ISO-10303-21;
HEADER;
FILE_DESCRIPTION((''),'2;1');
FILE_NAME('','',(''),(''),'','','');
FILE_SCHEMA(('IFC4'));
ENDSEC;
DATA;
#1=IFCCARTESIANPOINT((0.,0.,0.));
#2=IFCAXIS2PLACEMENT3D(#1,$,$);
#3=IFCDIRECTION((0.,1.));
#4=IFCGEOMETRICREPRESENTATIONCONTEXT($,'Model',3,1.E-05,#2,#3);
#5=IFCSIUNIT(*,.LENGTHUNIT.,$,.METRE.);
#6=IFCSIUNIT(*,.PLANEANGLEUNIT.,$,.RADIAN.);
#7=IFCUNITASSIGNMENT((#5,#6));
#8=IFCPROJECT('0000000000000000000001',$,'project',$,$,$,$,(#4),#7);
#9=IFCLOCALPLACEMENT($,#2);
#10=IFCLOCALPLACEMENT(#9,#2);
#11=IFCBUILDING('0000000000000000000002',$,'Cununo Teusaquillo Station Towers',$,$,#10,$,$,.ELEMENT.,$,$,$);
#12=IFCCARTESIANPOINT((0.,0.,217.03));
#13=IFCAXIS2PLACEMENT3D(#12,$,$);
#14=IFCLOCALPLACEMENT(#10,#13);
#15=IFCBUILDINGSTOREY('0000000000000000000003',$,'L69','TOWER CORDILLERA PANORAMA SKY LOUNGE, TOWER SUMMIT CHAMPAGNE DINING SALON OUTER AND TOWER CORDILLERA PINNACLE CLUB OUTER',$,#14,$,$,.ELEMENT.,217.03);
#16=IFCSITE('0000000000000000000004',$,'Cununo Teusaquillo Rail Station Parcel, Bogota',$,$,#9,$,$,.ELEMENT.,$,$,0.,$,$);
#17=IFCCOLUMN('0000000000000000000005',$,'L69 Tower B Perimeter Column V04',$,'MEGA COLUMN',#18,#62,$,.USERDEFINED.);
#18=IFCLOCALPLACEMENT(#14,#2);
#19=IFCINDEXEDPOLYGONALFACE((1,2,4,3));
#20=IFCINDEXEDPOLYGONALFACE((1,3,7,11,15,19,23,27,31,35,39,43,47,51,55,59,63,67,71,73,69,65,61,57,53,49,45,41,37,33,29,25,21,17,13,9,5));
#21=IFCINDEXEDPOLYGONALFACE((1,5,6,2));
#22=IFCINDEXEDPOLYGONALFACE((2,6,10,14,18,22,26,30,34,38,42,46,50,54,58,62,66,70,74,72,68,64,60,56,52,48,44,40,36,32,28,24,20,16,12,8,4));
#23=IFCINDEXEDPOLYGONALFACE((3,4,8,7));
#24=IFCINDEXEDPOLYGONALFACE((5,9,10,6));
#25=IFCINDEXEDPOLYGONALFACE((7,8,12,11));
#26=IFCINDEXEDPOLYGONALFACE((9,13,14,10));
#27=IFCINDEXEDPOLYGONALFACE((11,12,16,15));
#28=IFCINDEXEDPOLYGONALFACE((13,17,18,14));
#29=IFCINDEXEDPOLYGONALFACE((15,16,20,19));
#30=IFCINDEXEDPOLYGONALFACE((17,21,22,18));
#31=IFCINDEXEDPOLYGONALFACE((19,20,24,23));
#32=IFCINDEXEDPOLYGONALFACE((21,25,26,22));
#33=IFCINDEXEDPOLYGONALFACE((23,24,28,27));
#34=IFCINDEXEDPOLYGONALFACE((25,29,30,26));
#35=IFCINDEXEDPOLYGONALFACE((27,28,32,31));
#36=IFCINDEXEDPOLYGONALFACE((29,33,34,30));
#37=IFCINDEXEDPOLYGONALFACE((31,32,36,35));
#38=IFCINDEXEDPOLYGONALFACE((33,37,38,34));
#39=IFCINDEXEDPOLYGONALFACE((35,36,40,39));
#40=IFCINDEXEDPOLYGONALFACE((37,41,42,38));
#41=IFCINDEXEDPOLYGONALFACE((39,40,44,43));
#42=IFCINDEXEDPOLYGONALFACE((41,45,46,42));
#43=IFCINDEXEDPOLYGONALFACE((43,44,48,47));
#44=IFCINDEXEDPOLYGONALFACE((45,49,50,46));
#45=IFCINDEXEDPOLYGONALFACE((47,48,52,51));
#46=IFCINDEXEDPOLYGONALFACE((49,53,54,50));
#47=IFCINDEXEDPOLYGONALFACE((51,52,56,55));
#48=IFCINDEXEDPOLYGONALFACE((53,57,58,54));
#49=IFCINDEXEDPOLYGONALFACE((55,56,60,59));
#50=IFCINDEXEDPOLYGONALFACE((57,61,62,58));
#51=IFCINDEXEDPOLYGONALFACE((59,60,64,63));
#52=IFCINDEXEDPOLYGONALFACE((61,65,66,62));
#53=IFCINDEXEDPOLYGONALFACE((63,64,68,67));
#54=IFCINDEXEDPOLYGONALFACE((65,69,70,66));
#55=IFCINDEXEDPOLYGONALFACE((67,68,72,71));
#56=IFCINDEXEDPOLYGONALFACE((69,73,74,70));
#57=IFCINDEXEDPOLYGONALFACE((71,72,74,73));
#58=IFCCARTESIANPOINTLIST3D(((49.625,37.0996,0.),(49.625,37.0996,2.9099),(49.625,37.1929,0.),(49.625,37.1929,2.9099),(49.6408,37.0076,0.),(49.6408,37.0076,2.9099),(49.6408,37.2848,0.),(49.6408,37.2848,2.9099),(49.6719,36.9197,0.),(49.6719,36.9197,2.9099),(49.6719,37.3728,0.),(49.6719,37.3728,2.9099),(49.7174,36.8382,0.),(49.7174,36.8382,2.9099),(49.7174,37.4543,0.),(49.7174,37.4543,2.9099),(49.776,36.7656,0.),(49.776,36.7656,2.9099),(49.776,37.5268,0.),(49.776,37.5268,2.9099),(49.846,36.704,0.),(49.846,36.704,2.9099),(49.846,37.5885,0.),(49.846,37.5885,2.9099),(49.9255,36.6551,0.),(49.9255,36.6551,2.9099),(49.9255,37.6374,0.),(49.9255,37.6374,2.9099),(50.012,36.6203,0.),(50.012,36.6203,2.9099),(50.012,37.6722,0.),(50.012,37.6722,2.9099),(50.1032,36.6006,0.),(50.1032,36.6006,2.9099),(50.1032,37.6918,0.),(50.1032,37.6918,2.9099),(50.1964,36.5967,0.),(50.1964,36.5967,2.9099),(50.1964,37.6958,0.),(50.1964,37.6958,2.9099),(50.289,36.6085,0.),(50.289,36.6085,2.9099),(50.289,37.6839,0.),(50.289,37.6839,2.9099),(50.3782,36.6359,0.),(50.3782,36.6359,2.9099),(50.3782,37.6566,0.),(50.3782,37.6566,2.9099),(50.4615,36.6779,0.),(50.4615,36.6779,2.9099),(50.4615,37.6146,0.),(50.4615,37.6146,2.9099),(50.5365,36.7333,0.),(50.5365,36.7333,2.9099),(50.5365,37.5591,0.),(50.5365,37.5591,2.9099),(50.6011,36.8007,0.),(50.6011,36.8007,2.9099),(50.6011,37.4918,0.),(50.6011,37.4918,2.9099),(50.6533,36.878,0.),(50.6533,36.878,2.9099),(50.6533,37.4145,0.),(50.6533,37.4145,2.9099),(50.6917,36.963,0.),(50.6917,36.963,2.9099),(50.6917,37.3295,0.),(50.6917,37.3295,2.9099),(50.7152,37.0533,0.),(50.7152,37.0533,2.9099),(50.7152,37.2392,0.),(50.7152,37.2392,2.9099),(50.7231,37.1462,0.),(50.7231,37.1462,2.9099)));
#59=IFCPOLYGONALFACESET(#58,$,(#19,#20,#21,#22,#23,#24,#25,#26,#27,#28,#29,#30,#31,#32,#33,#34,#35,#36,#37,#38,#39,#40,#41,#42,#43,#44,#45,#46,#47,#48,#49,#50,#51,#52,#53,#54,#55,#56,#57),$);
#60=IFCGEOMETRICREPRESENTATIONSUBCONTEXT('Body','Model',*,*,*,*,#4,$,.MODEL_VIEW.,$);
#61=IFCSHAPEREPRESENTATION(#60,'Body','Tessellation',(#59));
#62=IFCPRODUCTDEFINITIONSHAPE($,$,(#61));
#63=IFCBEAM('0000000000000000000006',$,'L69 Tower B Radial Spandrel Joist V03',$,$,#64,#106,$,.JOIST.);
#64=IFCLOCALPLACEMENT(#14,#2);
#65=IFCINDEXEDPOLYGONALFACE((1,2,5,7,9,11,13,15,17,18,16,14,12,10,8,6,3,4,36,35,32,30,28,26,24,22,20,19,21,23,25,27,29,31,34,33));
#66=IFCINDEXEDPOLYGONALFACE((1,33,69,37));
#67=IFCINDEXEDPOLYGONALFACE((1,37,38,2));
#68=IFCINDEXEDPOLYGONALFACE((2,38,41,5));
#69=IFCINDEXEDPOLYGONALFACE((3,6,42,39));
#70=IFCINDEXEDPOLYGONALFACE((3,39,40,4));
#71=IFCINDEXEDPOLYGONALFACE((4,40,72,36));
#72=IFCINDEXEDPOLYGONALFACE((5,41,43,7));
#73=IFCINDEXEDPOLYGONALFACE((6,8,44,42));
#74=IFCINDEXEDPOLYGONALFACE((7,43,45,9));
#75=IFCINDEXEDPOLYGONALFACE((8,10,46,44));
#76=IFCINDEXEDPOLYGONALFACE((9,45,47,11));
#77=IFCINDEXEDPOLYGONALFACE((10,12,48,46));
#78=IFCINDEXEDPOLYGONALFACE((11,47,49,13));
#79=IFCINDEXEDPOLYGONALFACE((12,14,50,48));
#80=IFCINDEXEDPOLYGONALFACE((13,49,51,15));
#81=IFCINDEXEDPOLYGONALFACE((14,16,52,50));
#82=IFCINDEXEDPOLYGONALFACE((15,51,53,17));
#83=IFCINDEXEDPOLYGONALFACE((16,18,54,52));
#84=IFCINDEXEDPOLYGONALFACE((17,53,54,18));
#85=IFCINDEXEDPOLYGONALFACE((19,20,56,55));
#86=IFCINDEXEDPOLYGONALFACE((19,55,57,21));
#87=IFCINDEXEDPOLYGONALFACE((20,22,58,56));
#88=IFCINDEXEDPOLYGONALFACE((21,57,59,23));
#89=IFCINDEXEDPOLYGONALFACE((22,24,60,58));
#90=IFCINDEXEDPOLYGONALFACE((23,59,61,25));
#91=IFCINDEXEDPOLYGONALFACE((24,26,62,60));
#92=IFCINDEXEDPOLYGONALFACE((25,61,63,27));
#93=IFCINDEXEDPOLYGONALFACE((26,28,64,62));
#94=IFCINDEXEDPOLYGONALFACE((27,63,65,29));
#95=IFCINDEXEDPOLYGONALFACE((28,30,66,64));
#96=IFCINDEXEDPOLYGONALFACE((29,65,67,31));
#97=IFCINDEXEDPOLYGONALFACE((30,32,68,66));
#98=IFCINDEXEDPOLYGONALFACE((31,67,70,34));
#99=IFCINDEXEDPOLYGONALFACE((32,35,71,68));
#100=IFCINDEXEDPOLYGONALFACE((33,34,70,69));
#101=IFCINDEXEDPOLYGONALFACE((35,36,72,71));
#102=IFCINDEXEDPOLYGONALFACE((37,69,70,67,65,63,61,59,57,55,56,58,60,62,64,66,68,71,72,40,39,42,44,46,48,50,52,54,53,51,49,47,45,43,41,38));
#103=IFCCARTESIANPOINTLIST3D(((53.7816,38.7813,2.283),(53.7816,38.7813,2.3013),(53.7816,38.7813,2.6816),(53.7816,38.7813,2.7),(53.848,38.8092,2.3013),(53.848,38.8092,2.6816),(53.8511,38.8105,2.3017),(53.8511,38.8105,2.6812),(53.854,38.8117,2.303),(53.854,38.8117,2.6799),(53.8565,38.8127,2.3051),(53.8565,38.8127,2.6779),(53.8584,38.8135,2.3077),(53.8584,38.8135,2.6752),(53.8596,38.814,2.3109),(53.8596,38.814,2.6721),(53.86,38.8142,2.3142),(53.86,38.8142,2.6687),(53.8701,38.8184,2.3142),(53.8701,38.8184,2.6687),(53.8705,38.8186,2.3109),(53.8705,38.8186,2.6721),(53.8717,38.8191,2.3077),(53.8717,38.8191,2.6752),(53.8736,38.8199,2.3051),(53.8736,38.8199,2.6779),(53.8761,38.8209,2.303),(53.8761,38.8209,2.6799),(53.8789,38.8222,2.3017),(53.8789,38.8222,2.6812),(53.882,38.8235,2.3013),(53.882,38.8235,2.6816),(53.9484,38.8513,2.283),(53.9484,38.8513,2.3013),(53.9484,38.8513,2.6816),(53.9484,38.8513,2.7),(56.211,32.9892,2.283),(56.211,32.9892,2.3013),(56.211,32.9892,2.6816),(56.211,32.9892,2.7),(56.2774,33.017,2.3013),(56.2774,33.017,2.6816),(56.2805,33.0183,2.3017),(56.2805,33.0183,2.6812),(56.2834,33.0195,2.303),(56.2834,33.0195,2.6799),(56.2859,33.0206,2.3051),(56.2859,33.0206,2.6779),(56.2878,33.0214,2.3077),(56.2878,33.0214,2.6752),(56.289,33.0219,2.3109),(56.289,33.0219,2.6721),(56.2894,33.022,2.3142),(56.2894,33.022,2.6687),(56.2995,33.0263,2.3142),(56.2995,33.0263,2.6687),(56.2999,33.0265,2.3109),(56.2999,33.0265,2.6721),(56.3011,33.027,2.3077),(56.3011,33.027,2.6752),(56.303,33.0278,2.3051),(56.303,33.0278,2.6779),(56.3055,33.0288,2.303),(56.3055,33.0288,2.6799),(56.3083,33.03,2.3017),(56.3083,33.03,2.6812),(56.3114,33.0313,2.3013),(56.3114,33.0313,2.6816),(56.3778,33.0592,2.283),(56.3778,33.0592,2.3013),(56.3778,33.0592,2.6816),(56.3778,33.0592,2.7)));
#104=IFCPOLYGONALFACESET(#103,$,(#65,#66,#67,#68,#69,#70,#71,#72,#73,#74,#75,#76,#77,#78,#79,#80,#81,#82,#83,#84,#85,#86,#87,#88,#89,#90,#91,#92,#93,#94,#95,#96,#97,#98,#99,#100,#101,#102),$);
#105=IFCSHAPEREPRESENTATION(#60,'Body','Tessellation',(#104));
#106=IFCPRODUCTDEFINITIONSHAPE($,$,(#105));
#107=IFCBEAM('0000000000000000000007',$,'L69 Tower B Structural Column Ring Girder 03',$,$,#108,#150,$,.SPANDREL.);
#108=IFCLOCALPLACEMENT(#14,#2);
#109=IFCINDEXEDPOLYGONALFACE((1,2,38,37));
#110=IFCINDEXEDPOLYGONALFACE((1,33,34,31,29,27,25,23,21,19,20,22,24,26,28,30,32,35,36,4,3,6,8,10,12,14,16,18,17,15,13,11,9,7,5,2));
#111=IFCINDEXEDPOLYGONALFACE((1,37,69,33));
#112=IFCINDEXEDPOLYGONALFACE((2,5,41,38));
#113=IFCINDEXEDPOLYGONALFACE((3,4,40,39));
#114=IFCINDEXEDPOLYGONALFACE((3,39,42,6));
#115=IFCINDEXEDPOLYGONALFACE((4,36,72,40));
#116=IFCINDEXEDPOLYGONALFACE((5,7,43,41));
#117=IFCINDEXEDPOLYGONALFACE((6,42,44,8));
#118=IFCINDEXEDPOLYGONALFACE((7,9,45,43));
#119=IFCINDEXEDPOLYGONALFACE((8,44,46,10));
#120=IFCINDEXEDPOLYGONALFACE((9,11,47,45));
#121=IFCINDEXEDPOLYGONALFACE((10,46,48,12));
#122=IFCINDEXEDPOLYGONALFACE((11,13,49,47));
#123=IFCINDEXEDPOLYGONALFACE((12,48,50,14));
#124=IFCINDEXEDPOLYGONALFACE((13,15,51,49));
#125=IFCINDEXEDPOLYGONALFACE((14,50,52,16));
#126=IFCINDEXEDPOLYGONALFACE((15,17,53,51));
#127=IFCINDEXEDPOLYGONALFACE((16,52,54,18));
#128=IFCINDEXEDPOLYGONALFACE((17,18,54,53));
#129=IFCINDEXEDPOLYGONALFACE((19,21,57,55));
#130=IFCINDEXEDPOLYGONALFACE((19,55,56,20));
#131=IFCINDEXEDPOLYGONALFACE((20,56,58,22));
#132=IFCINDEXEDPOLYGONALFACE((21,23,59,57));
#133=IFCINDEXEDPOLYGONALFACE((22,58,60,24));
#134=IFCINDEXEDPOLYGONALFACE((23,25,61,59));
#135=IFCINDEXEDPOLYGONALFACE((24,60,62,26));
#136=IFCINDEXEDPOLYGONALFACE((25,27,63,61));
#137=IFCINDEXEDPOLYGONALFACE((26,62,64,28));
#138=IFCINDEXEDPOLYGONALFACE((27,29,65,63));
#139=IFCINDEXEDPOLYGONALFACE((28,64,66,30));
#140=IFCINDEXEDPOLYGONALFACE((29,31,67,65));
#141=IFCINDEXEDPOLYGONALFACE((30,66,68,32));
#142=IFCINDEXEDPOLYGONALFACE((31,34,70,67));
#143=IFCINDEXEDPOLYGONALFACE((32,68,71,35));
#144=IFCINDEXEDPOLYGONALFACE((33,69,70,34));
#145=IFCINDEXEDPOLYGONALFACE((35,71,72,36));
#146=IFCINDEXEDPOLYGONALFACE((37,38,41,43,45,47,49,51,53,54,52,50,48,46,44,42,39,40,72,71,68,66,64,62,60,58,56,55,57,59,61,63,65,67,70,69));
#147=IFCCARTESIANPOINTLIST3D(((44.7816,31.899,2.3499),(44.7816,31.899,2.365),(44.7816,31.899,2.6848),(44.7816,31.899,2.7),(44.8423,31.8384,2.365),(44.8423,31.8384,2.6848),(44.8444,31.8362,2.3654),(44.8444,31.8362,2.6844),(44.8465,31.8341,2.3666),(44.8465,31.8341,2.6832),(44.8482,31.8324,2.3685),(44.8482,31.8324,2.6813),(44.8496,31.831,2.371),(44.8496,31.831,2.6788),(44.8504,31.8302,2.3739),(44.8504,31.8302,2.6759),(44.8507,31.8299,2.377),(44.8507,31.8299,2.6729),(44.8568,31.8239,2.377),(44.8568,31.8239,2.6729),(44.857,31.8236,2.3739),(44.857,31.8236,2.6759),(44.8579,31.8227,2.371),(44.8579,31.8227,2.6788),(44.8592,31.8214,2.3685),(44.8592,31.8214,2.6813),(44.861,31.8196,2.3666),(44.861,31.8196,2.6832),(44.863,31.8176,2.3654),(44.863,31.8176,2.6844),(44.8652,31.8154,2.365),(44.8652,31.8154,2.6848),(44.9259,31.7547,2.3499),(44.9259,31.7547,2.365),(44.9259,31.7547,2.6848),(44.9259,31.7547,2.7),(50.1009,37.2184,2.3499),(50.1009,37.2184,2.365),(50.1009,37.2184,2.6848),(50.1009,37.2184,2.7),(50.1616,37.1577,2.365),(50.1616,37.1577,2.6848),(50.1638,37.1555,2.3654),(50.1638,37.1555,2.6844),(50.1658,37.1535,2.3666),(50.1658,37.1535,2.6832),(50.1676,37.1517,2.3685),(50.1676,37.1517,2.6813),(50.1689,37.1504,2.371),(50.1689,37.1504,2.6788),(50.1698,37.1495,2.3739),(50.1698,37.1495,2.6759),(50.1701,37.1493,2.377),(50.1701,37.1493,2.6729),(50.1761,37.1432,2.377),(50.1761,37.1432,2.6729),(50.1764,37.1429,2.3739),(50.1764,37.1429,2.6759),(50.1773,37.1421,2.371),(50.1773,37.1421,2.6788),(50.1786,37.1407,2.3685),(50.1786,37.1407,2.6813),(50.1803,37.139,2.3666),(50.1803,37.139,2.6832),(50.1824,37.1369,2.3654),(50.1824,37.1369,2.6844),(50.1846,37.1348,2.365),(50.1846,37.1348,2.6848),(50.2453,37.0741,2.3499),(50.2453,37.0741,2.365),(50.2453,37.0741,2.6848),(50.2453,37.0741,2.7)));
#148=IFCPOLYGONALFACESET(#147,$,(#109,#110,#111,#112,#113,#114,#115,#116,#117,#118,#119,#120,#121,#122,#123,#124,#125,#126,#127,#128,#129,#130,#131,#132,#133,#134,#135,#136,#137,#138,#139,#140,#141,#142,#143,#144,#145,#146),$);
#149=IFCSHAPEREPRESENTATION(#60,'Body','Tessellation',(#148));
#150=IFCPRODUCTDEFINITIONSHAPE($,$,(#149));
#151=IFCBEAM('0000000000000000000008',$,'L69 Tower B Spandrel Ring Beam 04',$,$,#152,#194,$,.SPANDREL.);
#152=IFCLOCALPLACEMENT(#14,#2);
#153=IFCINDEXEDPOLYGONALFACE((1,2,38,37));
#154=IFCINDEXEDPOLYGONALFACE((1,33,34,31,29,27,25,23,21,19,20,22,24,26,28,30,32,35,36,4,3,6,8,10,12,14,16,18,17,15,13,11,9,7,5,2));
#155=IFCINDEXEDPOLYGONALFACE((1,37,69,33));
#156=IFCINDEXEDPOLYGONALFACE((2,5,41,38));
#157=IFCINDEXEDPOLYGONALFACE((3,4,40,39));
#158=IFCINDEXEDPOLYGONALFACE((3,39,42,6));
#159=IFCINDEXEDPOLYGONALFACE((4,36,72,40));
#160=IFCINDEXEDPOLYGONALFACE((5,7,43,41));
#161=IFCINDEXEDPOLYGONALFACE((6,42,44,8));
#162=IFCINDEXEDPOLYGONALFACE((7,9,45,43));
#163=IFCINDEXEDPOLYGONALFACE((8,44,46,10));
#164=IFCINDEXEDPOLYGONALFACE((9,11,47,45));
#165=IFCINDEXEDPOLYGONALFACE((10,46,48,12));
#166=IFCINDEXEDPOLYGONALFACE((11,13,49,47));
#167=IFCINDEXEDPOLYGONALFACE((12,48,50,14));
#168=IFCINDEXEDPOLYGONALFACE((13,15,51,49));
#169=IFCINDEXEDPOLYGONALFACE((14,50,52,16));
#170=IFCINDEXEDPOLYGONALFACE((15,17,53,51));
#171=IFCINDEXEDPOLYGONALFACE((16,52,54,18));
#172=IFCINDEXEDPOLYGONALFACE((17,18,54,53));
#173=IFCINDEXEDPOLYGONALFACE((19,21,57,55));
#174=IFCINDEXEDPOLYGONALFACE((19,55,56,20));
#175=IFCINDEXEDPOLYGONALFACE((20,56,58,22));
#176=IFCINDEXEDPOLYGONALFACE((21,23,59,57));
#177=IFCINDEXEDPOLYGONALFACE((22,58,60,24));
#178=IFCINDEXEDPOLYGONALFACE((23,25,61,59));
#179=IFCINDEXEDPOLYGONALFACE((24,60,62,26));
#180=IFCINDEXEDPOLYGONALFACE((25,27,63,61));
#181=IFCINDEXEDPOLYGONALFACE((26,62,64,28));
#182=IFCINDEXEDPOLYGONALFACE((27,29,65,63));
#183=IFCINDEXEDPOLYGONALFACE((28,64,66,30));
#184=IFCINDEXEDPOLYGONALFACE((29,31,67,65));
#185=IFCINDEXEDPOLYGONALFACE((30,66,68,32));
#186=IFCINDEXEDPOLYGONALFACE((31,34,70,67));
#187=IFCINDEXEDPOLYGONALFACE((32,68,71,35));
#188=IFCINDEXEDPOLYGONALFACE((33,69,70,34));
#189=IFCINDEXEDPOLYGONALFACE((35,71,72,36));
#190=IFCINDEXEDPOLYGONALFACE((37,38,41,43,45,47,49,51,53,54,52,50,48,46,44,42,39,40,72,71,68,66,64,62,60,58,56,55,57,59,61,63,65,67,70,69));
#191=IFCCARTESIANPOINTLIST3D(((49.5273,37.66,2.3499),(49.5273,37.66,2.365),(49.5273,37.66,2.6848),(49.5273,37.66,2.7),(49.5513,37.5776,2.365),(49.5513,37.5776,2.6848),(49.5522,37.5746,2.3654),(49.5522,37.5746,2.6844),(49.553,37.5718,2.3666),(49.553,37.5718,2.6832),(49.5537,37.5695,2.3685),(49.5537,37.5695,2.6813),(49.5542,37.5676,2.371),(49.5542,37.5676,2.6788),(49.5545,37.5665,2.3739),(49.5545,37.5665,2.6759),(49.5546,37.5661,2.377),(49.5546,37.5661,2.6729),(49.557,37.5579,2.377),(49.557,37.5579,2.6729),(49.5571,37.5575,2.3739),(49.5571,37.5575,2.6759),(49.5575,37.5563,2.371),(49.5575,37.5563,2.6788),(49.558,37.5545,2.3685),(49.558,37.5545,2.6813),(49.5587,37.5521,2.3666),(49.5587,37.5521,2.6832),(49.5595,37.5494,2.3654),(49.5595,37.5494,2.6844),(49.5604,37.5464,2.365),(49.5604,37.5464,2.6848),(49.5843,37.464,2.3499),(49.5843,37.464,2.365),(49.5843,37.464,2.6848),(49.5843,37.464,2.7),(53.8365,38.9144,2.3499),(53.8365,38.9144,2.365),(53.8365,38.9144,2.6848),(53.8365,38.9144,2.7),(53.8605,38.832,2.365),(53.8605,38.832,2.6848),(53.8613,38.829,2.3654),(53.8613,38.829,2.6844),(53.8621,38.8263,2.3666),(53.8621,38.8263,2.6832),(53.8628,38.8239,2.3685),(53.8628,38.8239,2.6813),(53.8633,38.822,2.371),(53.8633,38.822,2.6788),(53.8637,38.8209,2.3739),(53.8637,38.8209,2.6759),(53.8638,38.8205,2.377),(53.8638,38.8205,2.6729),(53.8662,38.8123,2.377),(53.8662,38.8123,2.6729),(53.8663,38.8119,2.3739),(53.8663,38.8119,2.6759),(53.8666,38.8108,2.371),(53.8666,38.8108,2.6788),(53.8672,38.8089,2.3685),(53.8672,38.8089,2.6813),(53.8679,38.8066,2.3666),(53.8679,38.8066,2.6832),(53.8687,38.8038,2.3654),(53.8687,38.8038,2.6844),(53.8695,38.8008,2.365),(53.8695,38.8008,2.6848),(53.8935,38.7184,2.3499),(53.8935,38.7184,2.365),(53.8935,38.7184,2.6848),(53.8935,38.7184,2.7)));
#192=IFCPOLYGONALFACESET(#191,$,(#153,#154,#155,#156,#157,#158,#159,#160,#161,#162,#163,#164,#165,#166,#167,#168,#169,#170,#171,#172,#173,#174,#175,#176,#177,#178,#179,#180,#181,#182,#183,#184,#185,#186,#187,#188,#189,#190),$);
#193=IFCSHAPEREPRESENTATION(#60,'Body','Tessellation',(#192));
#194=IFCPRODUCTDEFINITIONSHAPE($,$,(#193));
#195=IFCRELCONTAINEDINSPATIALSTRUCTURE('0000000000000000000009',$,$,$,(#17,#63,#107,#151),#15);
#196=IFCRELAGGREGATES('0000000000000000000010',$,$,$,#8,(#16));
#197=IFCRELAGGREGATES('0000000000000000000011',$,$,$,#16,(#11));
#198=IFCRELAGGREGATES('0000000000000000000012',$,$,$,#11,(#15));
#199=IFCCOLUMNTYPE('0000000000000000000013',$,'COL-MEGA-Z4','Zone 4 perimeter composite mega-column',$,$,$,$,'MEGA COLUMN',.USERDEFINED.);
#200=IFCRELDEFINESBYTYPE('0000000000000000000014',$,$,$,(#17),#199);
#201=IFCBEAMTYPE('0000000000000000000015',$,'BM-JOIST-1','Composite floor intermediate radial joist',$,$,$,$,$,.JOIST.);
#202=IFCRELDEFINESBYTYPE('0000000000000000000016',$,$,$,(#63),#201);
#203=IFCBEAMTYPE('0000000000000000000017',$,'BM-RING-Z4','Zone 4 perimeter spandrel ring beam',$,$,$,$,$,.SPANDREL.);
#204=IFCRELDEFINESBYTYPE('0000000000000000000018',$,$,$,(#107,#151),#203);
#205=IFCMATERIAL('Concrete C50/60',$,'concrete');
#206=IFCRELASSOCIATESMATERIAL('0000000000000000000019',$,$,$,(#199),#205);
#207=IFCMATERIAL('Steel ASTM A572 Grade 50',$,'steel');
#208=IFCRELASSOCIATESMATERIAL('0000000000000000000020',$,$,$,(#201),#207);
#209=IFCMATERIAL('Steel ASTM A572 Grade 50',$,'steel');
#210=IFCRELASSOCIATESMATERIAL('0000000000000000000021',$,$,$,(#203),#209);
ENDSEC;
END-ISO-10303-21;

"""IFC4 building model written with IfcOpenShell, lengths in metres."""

from ifc_helpers import new_model, si_unit, direction, frame, origin, origin_2d, place, context, subcontext, project, spatial, circle, i_section, extrude, material, material_profile, profile_set, type_object, element, save


model = new_model("IFC4")

# Units and contexts
model_context = context("Model", 3, precision=1e-05, world=origin(), true_north=direction((0.0, 1.0)))
body_context = subcontext(model_context, "Body", "Model", "MODEL_VIEW")
ifc_project = project(units=[si_unit("LENGTHUNIT", "METRE"), si_unit("PLANEANGLEUNIT", "RADIAN")], contexts=[model_context])

# Site, building, storey
site_placement = place(None, origin())
site = spatial("IfcSite", under=ifc_project, at=site_placement, Name="Cununo Teusaquillo Rail Station Parcel, Bogota", CompositionType="ELEMENT", RefElevation=0.0)
building_placement = place(site_placement, origin())
building = spatial("IfcBuilding", under=site, at=building_placement, Name="Cununo Teusaquillo Station Towers", CompositionType="ELEMENT")
storey_placement = place(building_placement, frame((0.0, 0.0, 217.03)))
storey = spatial("IfcBuildingStorey", under=building, at=storey_placement, Name="L69", Description="TOWER CORDILLERA PANORAMA SKY LOUNGE, TOWER SUMMIT CHAMPAGNE DINING SALON OUTER AND TOWER CORDILLERA PINNACLE CLUB OUTER", CompositionType="ELEMENT", Elevation=217.03)

# Column
ifc_material_1 = material(Name="Concrete C50/60", Category="concrete")
ifc_material_profile_1 = material_profile(ifc_material_1, circle(Radius=0.55, at=origin_2d()), Name="RC-CIRC-1100")
ifc_profile_set_1 = profile_set([ifc_material_profile_1], Name="Concrete C50/60")
column_type = type_object("IfcColumnType", Name="COL-MEGA-Z4", Description="Zone 4 perimeter composite mega-column", ElementType="MEGA COLUMN", PredefinedType="USERDEFINED", material=ifc_profile_set_1)
column_placement = place(storey_placement, frame((50.1731, 37.1462, 0.0), z_axis=(0.0, 0.0, 1.0), x_axis=(1.0, 0.0, 0.0)))
element("IfcColumn", 1, at=column_placement, inside=storey, type_object=column_type, Name="L69 Tower B Perimeter Column V04", ObjectType="MEGA COLUMN", PredefinedType="USERDEFINED", context=body_context, shape_type="SweptSolid", body=[
    extrude(circle(Radius=0.55, at=origin_2d()), origin(), (0.0, 0.0, 1.0), 2.9099),
])

# Beams
ifc_material_2 = material(Name="Steel ASTM A572 Grade 50", Category="steel")
ifc_material_profile_2 = material_profile(ifc_material_2, i_section(OverallWidth=0.1809, OverallDepth=0.417, WebThickness=0.011, FlangeThickness=0.0183, FilletRadius=0.0129, at=origin_2d()), Name="W16X57")
ifc_profile_set_2 = profile_set([ifc_material_profile_2], Name="Steel ASTM A572 Grade 50")
beam_type_1 = type_object("IfcBeamType", Name="BM-JOIST-1", Description="Composite floor intermediate radial joist", PredefinedType="JOIST", material=ifc_profile_set_2)
beam_1_placement = place(storey_placement, frame((56.2944, 33.0242, 2.4915), z_axis=(-0.386786, 0.922169, 0.0), x_axis=(-0.922169, -0.386786, 0.0)))
element("IfcBeam", 2, at=beam_1_placement, inside=storey, type_object=beam_type_1, Name="L69 Tower B Radial Spandrel Joist V03", PredefinedType="JOIST", context=body_context, shape_type="SweptSolid", body=[
    extrude(i_section(OverallWidth=0.1809, OverallDepth=0.417, WebThickness=0.011, FlangeThickness=0.0183, FilletRadius=0.0129, at=origin_2d()), origin(), (0.0, 0.0, 1.0), 6.281),
])
ifc_material_3 = material(Name="Steel ASTM A572 Grade 50", Category="steel")
ifc_material_profile_3 = material_profile(ifc_material_3, i_section(OverallWidth=0.2041, OverallDepth=0.3501, WebThickness=0.0085, FlangeThickness=0.0151, FilletRadius=0.012, at=origin_2d()), Name="W14X48")
ifc_profile_set_3 = profile_set([ifc_material_profile_3], Name="Steel ASTM A572 Grade 50")
beam_type_2 = type_object("IfcBeamType", Name="BM-RING-Z4", Description="Zone 4 perimeter spandrel ring beam", PredefinedType="SPANDREL", material=ifc_profile_set_3)
beam_2_placement = place(storey_placement, frame((50.1731, 37.1462, 2.5249), z_axis=(-0.707107, -0.707107, 0.0), x_axis=(0.707107, -0.707107, 0.0)))
element("IfcBeam", 3, at=beam_2_placement, inside=storey, type_object=beam_type_2, Name="L69 Tower B Structural Column Ring Girder 03", PredefinedType="SPANDREL", context=body_context, shape_type="SweptSolid", body=[
    extrude(i_section(OverallWidth=0.2041, OverallDepth=0.3501, WebThickness=0.0085, FlangeThickness=0.0151, FilletRadius=0.012, at=origin_2d()), origin(), (0.0, 0.0, 1.0), 7.5227),
])
beam_3_placement = place(storey_placement, frame((53.865, 38.8164, 2.5249), z_axis=(-0.960145, -0.279503, 0.0), x_axis=(0.279503, -0.960145, 0.0)))
element("IfcBeam", 4, at=beam_3_placement, inside=storey, type_object=beam_type_2, Name="L69 Tower B Spandrel Ring Beam 04", PredefinedType="SPANDREL", context=body_context, shape_type="SweptSolid", body=[
    extrude(i_section(OverallWidth=0.2041, OverallDepth=0.3501, WebThickness=0.0085, FlangeThickness=0.0151, FilletRadius=0.012, at=origin_2d()), origin(), (0.0, 0.0, 1.0), 4.488),
])

save(model, "model.ifc")
